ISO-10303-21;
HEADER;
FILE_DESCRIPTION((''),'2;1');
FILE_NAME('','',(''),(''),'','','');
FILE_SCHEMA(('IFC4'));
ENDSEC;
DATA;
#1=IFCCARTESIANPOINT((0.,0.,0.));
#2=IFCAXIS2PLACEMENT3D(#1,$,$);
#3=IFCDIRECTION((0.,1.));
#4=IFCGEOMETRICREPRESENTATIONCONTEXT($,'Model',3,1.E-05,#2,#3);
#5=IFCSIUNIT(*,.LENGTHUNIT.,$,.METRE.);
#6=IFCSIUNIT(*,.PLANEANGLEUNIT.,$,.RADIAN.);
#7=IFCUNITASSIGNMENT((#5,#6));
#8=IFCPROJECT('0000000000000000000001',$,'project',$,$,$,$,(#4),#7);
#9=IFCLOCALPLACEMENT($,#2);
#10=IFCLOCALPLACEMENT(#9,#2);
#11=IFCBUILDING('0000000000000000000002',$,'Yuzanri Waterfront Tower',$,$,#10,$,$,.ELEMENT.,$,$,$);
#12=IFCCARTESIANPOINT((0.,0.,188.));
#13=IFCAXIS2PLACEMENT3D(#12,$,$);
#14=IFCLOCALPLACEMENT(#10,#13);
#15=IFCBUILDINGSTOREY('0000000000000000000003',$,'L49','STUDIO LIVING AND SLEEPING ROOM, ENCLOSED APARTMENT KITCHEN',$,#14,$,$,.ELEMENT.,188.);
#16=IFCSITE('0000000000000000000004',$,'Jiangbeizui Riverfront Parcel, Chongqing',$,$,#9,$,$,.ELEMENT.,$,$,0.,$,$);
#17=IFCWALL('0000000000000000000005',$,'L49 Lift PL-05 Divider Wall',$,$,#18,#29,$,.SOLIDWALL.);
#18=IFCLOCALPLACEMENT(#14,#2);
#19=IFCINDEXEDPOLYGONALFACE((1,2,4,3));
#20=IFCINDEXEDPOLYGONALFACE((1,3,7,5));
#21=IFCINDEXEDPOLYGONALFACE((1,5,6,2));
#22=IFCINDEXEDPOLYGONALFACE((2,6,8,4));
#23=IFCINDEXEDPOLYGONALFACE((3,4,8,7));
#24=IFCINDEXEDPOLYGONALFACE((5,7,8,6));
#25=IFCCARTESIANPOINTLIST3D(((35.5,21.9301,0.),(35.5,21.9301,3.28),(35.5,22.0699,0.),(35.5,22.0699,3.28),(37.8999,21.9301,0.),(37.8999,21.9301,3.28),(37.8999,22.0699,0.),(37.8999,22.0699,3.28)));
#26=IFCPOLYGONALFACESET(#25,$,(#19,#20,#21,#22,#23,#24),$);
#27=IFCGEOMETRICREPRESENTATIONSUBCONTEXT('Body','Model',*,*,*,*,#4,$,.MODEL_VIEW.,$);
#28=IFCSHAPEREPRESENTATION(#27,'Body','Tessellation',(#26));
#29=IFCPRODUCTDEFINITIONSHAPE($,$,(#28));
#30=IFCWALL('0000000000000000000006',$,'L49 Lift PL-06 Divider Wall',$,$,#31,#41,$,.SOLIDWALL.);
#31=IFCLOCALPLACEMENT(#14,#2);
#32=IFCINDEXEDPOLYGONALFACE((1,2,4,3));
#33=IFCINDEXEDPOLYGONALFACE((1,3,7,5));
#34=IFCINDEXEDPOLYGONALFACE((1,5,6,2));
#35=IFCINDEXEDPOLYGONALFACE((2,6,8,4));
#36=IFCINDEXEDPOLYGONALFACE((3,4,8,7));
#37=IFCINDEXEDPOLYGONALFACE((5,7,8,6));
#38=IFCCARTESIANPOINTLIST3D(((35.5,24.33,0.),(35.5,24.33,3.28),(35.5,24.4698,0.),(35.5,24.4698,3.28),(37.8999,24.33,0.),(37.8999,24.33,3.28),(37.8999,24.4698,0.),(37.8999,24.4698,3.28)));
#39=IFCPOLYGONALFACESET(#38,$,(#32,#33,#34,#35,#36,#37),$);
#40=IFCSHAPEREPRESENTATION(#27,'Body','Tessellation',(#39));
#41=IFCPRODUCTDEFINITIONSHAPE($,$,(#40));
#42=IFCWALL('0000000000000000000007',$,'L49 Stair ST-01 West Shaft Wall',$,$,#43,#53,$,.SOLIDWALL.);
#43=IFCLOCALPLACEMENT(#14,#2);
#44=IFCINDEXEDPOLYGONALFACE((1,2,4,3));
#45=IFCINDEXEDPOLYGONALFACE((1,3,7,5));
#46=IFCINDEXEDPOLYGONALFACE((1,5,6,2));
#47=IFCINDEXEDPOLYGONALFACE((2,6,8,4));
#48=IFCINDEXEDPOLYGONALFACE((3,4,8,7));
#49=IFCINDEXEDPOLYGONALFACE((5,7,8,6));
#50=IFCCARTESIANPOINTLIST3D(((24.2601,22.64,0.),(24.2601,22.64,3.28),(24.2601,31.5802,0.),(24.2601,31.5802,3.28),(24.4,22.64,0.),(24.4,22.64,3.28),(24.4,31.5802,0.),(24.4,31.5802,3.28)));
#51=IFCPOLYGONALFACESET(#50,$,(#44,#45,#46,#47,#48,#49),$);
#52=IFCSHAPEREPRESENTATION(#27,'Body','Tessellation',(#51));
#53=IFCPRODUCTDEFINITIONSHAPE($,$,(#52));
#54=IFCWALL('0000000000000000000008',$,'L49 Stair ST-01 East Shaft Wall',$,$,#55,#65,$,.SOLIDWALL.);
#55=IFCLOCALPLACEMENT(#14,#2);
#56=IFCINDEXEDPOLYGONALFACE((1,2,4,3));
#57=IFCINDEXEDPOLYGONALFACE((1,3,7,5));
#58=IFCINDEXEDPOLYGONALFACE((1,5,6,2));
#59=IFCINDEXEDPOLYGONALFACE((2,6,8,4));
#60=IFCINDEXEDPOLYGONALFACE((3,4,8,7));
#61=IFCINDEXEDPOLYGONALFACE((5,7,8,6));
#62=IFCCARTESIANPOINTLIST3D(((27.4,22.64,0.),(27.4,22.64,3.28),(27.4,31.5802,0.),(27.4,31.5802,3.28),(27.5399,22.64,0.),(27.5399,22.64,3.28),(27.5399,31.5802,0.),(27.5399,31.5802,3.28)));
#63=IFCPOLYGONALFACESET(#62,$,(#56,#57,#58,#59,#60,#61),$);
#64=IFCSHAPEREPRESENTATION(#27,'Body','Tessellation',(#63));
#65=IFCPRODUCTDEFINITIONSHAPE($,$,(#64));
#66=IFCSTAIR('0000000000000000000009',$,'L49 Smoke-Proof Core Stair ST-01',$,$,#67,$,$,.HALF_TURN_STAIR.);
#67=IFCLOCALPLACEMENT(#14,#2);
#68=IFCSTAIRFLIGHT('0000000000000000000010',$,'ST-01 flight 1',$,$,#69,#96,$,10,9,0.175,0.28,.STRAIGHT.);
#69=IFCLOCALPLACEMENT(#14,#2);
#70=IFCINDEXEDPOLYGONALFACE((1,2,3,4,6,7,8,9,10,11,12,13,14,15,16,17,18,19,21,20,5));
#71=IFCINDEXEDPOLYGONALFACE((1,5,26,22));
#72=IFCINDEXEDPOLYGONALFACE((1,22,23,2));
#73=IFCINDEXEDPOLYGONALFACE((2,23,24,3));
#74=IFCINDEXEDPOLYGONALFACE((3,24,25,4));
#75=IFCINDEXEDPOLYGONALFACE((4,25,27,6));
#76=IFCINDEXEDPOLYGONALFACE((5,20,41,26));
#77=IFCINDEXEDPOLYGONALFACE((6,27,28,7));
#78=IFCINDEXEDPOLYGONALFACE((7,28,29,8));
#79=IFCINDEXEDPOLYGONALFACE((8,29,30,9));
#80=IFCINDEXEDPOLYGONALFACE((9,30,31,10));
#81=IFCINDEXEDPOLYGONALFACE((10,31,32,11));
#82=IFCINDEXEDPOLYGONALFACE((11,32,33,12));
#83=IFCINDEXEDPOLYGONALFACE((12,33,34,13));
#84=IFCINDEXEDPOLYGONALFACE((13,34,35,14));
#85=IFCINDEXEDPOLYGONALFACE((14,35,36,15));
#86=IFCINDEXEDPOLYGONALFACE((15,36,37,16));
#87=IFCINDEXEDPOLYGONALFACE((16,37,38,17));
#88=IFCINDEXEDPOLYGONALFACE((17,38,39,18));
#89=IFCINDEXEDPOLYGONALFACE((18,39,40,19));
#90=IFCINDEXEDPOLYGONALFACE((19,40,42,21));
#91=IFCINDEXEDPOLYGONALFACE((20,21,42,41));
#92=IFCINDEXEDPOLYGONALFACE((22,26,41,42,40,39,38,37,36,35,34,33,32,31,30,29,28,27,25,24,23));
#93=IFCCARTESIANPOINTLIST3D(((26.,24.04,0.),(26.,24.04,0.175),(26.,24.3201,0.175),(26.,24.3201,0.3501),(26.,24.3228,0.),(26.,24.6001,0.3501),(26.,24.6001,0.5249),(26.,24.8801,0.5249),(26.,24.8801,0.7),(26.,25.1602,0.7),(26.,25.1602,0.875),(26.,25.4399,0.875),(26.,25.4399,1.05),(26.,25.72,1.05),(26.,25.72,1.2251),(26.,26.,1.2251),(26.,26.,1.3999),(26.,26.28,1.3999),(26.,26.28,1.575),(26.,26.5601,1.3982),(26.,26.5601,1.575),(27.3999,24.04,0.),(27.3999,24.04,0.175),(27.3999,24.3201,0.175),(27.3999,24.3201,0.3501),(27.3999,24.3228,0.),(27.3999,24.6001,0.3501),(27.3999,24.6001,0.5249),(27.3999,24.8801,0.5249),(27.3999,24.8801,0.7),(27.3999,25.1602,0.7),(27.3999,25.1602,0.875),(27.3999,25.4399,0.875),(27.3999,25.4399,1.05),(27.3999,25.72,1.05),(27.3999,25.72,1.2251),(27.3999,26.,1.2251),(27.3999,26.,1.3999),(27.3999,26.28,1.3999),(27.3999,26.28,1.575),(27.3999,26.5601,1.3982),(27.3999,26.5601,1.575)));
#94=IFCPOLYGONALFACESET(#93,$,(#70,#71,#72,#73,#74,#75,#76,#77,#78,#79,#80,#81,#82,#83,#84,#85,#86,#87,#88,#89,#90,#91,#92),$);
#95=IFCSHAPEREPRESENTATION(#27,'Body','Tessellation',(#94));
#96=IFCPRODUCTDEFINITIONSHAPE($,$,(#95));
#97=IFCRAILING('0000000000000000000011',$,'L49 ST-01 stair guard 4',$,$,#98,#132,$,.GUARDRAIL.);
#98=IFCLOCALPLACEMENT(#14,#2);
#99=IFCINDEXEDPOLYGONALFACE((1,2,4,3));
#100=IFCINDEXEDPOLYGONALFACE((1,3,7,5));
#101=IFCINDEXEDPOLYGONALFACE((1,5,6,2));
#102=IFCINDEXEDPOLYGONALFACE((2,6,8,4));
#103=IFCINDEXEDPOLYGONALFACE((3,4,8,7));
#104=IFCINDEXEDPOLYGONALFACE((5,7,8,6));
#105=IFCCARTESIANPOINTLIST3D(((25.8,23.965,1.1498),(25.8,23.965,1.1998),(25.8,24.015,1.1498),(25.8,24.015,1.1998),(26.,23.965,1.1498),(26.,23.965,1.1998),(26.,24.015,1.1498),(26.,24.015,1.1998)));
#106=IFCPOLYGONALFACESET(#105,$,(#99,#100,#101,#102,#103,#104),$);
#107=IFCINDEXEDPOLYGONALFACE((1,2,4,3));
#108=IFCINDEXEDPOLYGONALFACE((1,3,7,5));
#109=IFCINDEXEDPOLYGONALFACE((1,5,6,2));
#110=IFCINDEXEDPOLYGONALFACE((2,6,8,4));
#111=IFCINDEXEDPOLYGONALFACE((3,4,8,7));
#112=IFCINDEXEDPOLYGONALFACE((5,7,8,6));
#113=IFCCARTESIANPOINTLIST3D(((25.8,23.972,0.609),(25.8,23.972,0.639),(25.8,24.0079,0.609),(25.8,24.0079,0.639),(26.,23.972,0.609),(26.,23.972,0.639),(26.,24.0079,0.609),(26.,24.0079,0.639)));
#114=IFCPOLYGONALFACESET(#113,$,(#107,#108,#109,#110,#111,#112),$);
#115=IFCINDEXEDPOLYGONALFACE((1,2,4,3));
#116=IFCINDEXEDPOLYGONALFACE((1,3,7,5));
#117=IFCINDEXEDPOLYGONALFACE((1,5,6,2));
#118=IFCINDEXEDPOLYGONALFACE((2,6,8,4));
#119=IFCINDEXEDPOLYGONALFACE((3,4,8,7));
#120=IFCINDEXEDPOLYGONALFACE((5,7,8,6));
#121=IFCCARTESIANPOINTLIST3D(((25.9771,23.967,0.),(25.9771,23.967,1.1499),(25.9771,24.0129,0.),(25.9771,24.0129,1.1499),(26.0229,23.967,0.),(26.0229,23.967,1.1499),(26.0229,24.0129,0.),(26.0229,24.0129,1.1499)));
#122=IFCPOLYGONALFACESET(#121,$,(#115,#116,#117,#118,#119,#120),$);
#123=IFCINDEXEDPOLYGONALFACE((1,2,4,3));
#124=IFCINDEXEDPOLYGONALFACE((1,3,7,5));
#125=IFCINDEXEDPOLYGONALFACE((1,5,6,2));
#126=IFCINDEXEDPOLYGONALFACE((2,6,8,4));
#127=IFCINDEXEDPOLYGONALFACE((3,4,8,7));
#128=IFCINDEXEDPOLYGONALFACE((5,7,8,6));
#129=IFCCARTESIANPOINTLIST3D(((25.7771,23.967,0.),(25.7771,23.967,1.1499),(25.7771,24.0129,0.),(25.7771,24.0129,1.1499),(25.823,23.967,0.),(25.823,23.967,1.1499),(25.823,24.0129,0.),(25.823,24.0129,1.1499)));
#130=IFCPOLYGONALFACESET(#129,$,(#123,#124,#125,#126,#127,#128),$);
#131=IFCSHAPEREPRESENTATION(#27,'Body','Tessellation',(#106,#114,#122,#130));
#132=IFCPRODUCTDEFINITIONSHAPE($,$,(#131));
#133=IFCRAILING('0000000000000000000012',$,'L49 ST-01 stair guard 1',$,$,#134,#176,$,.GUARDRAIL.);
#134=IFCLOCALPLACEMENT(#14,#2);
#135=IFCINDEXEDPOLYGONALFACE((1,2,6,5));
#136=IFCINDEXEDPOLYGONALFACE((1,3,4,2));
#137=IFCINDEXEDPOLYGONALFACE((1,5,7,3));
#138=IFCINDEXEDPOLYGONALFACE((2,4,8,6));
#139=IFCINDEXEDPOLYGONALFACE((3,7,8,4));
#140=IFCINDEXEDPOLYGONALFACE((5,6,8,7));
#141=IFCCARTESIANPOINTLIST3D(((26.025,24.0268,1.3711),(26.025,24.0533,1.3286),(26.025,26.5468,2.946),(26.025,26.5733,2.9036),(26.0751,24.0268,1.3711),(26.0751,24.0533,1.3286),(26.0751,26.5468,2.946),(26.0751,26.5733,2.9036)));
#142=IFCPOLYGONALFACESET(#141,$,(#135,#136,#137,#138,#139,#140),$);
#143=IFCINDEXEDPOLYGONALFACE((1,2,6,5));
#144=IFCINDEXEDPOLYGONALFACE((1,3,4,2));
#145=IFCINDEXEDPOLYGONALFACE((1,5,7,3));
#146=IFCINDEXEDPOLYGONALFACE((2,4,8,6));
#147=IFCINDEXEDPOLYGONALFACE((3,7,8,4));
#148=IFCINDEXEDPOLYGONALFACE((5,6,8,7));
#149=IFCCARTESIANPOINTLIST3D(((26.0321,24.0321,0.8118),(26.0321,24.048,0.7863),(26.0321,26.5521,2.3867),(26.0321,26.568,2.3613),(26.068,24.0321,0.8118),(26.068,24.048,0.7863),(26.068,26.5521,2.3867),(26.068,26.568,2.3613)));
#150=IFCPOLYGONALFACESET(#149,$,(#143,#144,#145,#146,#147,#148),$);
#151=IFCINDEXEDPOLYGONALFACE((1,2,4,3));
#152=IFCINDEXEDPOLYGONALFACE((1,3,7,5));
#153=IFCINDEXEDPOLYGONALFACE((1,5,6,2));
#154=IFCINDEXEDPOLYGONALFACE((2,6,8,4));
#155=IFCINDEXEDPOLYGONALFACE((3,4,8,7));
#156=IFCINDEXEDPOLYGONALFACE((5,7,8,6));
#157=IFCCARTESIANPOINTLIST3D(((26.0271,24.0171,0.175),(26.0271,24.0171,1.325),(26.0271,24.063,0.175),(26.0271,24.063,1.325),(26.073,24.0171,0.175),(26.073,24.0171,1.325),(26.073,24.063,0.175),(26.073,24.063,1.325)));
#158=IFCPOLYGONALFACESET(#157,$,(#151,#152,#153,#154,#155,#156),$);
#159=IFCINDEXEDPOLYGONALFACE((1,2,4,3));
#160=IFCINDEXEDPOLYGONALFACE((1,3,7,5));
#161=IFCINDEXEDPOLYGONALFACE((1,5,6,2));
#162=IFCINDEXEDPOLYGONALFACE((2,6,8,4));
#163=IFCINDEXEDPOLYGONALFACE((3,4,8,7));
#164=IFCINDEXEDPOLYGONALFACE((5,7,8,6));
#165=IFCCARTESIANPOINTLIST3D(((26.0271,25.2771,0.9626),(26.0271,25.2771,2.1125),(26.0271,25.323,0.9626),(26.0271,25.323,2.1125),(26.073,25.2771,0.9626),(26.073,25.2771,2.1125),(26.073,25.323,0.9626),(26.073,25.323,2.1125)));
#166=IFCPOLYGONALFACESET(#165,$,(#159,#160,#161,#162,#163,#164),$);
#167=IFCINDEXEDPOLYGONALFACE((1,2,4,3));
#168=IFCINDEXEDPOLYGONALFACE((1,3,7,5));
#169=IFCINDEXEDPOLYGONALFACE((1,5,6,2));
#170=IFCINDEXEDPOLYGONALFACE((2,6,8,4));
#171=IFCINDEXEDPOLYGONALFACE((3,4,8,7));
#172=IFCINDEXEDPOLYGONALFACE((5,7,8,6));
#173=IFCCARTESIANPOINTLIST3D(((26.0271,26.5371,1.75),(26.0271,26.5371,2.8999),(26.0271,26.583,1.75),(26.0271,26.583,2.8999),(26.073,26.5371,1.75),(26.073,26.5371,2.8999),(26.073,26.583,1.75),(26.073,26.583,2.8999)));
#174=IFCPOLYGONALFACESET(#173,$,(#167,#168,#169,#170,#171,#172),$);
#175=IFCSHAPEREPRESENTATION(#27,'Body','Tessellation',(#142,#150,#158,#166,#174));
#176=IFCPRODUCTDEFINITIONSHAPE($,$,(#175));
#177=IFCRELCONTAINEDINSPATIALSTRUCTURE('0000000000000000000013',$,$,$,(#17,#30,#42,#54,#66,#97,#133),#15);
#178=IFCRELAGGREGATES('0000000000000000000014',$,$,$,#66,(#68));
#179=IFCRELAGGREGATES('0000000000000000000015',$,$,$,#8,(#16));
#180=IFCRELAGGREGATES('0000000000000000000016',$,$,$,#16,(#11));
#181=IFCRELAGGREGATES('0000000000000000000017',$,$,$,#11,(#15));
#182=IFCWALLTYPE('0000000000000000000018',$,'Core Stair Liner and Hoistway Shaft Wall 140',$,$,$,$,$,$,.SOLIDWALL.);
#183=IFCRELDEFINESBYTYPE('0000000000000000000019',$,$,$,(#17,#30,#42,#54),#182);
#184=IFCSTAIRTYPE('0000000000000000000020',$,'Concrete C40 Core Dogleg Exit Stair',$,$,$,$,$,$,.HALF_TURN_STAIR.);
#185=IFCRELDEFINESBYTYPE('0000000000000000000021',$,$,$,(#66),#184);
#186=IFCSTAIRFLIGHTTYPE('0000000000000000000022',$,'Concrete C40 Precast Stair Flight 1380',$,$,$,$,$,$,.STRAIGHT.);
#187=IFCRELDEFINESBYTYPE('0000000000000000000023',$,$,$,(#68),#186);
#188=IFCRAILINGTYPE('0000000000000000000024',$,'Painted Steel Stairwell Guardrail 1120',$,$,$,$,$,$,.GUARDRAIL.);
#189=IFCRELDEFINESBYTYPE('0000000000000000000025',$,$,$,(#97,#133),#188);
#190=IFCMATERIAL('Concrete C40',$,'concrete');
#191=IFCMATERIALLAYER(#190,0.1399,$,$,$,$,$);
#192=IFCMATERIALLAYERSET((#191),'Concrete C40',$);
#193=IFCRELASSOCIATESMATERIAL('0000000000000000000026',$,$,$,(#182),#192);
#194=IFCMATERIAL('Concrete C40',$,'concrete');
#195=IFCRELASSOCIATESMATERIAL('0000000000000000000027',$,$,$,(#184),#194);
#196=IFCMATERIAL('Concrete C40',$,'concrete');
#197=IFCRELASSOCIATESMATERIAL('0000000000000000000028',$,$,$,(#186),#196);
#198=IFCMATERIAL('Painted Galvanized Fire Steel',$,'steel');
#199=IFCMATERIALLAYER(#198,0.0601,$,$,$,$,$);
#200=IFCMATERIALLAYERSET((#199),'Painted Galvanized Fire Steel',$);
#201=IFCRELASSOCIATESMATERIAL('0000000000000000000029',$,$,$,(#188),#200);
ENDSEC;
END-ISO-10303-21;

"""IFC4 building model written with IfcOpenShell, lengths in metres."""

from ifc_helpers import new_model, si_unit, direction, frame, frame_2d, origin, origin_2d, place, context, subcontext, project, spatial, polyline, rectangle, outline, extrude, source, transform, mapped, material, layer, layer_set, type_object, element, aggregate, save


model = new_model("IFC4")

# Units and contexts
model_context = context("Model", 3, precision=1e-05, world=origin(), true_north=direction((0.0, 1.0)))
body_context = subcontext(model_context, "Body", "Model", "MODEL_VIEW")
ifc_project = project(units=[si_unit("LENGTHUNIT", "METRE"), si_unit("PLANEANGLEUNIT", "RADIAN")], contexts=[model_context])

# Site, building, storey
site_placement = place(None, origin())
site = spatial("IfcSite", under=ifc_project, at=site_placement, Name="Jiangbeizui Riverfront Parcel, Chongqing", CompositionType="ELEMENT", RefElevation=0.0)
building_placement = place(site_placement, origin())
building = spatial("IfcBuilding", under=site, at=building_placement, Name="Yuzanri Waterfront Tower", CompositionType="ELEMENT")
storey_placement = place(building_placement, frame((0.0, 0.0, 188.0)))
storey = spatial("IfcBuildingStorey", under=building, at=storey_placement, Name="L49", Description="STUDIO LIVING AND SLEEPING ROOM, ENCLOSED APARTMENT KITCHEN", CompositionType="ELEMENT", Elevation=188.0)

# Shared definitions
ifc_material_1 = material(Name="Concrete C40", Category="concrete")
ifc_layer_1 = layer(ifc_material_1, 0.1399)
ifc_layer_set_1 = layer_set([ifc_layer_1], Name="Concrete C40")
wall_type_1 = type_object("IfcWallType", Name="Core Stair Liner and Hoistway Shaft Wall 140", PredefinedType="SOLIDWALL", material=ifc_layer_set_1)

# Walls
shared_shape_1 = source(origin(), body_context, "Body", "SweptSolid", [
    extrude(rectangle(XDim=2.3999, YDim=0.1399, at=frame_2d((1.2, 0.0))), origin(), (0.0, 0.0, 1.0), 3.28),
])
for number, where, z_axis, x_axis, name in (
    (1, (35.5, 22.0, 0.0), (0.0, 0.0, 1.0), (1.0, 0.0, 0.0), "L49 Lift PL-05 Divider Wall"),
    (2, (35.5, 24.3999, 0.0), (0.0, 0.0, 1.0), (1.0, 0.0, 0.0), "L49 Lift PL-06 Divider Wall"),
):
    element("IfcWall", number, at=place(storey_placement, frame(where, z_axis=z_axis, x_axis=x_axis)), inside=storey, type_object=wall_type_1, Name=name, PredefinedType="SOLIDWALL", context=body_context, shape_type="MappedRepresentation", body=[
        mapped(shared_shape_1, transform((0.0, 0.0, 0.0), scale=1.0)),
    ])
shared_shape_2 = source(origin(), body_context, "Body", "SweptSolid", [
    extrude(rectangle(XDim=8.9402, YDim=0.1399, at=frame_2d((4.4702, 0.0))), origin(), (0.0, 0.0, 1.0), 3.28),
])
for number, where, z_axis, x_axis, name in (
    (3, (24.3301, 22.6399, 0.0), (0.0, 0.0, 1.0), (0.0, 1.0, 0.0), "L49 Stair ST-01 West Shaft Wall"),
    (4, (27.47, 22.6399, 0.0), (0.0, 0.0, 1.0), (0.0, 1.0, 0.0), "L49 Stair ST-01 East Shaft Wall"),
):
    element("IfcWall", number, at=place(storey_placement, frame(where, z_axis=z_axis, x_axis=x_axis)), inside=storey, type_object=wall_type_1, Name=name, PredefinedType="SOLIDWALL", context=body_context, shape_type="MappedRepresentation", body=[
        mapped(shared_shape_2, transform((0.0, 0.0, 0.0), scale=1.0)),
    ])

# Stair, stair flight
ifc_material_2 = material(Name="Concrete C40", Category="concrete")
stair_type = type_object("IfcStairType", Name="Concrete C40 Core Dogleg Exit Stair", PredefinedType="HALF_TURN_STAIR", material=ifc_material_2)
stair_placement = place(storey_placement, origin())
stair = element("IfcStair", 5, at=stair_placement, inside=storey, type_object=stair_type, Name="L49 Smoke-Proof Core Stair ST-01", PredefinedType="HALF_TURN_STAIR")
ifc_material_3 = material(Name="Concrete C40", Category="concrete")
stair_flight_type = type_object("IfcStairFlightType", Name="Concrete C40 Precast Stair Flight 1380", PredefinedType="STRAIGHT", material=ifc_material_3)
shared_shape_3 = source(origin(), body_context, "Body", "SweptSolid", [
    extrude(outline(polyline([(0.0, 0.0), (0.0, 0.175), (0.28, 0.175), (0.28, 0.3501), (0.5601, 0.3501), (0.5601, 0.5249), (0.8401, 0.5249), (0.8401, 0.7), (1.1201, 0.7), (1.1201, 0.875), (1.3999, 0.875), (1.3999, 1.05), (1.6799, 1.05), (1.6799, 1.2251), (1.96, 1.2251), (1.96, 1.3999), (2.24, 1.3999), (2.24, 1.575), (2.52, 1.575), (2.52, 1.75), (2.52, 1.3982), (0.2827, 0.0), (0.0, 0.0)])), frame((0.0, 0.7, 0.0), z_axis=(0.0, -1.0, 0.0), x_axis=(1.0, 0.0, 0.0)), (0.0, 0.0, 1.0), 1.3999),
])
stair_flight_placement = place(storey_placement, frame((26.7, 24.04, 0.0), z_axis=(0.0, 0.0, 1.0), x_axis=(0.0, 1.0, 0.0)))
stair_flight = element("IfcStairFlight", 6, at=stair_flight_placement, type_object=stair_flight_type, Name="ST-01 flight 1", NumberOfRisers=10, NumberOfTreads=9, PredefinedType="STRAIGHT", RiserHeight=0.175, TreadLength=0.28, context=body_context, shape_type="MappedRepresentation", body=[
    mapped(shared_shape_3, transform((0.0, 0.0, 0.0), scale=1.0)),
])
aggregate(stair, [stair_flight])

# Railings
ifc_material_4 = material(Name="Painted Galvanized Fire Steel", Category="steel")
ifc_layer_2 = layer(ifc_material_4, 0.0601)
ifc_layer_set_2 = layer_set([ifc_layer_2], Name="Painted Galvanized Fire Steel")
railing_type_1 = type_object("IfcRailingType", Name="Painted Steel Stairwell Guardrail 1120", PredefinedType="GUARDRAIL", material=ifc_layer_set_2)
shared_shape_4 = source(origin(), body_context, "Body", "SweptSolid", [
    extrude(rectangle(XDim=0.05, YDim=0.05, at=origin_2d()), frame((0.0, 0.0, 1.1748), z_axis=(-1.0, 0.0, 0.0), x_axis=(0.0, -1.0, 0.0)), (0.0, 0.0, 1.0), 0.2),
    extrude(rectangle(XDim=0.0359, YDim=0.03, at=origin_2d()), frame((0.0, 0.0, 0.624), z_axis=(-1.0, 0.0, 0.0), x_axis=(0.0, -1.0, 0.0)), (0.0, 0.0, 1.0), 0.2),
    extrude(rectangle(XDim=0.0459, YDim=0.0459, at=origin_2d()), origin(), (0.0, 0.0, 1.0), 1.1499),
    extrude(rectangle(XDim=0.0459, YDim=0.0459, at=origin_2d()), frame((-0.2, 0.0, 0.0)), (0.0, 0.0, 1.0), 1.1499),
])
railing_1_placement = place(storey_placement, frame((26.0, 23.99, 0.0)))
element("IfcRailing", 7, at=railing_1_placement, inside=storey, type_object=railing_type_1, Name="L49 ST-01 stair guard 4", PredefinedType="GUARDRAIL", context=body_context, shape_type="MappedRepresentation", body=[
    mapped(shared_shape_4, transform((0.0, 0.0, 0.0), scale=1.0)),
])
shared_shape_5 = source(origin(), body_context, "Body", "SweptSolid", [
    extrude(rectangle(XDim=0.05, YDim=0.05, at=origin_2d()), frame((0.0, 0.0, 1.1748), z_axis=(0.0, 0.848008, 0.529984), x_axis=(-1.0, 0.0, 0.0)), (0.0, 0.0, 1.0), 2.9717),
    extrude(rectangle(XDim=0.0359, YDim=0.03, at=origin_2d()), frame((0.0, 0.0, 0.624), z_axis=(0.0, 0.848008, 0.529984), x_axis=(-1.0, 0.0, 0.0)), (0.0, 0.0, 1.0), 2.9717),
    extrude(rectangle(XDim=0.0459, YDim=0.0459, at=origin_2d()), origin(), (0.0, 0.0, 1.0), 1.1499),
    extrude(rectangle(XDim=0.0459, YDim=0.0459, at=origin_2d()), frame((0.0, 1.26, 0.7876)), (0.0, 0.0, 1.0), 1.1499),
    extrude(rectangle(XDim=0.0459, YDim=0.0459, at=origin_2d()), frame((0.0, 2.52, 1.575)), (0.0, 0.0, 1.0), 1.1499),
])
railing_2_placement = place(storey_placement, frame((26.05, 24.04, 0.175)))
element("IfcRailing", 8, at=railing_2_placement, inside=storey, type_object=railing_type_1, Name="L49 ST-01 stair guard 1", PredefinedType="GUARDRAIL", context=body_context, shape_type="MappedRepresentation", body=[
    mapped(shared_shape_5, transform((0.0, 0.0, 0.0), scale=1.0)),
])

save(model, "model.ifc")
